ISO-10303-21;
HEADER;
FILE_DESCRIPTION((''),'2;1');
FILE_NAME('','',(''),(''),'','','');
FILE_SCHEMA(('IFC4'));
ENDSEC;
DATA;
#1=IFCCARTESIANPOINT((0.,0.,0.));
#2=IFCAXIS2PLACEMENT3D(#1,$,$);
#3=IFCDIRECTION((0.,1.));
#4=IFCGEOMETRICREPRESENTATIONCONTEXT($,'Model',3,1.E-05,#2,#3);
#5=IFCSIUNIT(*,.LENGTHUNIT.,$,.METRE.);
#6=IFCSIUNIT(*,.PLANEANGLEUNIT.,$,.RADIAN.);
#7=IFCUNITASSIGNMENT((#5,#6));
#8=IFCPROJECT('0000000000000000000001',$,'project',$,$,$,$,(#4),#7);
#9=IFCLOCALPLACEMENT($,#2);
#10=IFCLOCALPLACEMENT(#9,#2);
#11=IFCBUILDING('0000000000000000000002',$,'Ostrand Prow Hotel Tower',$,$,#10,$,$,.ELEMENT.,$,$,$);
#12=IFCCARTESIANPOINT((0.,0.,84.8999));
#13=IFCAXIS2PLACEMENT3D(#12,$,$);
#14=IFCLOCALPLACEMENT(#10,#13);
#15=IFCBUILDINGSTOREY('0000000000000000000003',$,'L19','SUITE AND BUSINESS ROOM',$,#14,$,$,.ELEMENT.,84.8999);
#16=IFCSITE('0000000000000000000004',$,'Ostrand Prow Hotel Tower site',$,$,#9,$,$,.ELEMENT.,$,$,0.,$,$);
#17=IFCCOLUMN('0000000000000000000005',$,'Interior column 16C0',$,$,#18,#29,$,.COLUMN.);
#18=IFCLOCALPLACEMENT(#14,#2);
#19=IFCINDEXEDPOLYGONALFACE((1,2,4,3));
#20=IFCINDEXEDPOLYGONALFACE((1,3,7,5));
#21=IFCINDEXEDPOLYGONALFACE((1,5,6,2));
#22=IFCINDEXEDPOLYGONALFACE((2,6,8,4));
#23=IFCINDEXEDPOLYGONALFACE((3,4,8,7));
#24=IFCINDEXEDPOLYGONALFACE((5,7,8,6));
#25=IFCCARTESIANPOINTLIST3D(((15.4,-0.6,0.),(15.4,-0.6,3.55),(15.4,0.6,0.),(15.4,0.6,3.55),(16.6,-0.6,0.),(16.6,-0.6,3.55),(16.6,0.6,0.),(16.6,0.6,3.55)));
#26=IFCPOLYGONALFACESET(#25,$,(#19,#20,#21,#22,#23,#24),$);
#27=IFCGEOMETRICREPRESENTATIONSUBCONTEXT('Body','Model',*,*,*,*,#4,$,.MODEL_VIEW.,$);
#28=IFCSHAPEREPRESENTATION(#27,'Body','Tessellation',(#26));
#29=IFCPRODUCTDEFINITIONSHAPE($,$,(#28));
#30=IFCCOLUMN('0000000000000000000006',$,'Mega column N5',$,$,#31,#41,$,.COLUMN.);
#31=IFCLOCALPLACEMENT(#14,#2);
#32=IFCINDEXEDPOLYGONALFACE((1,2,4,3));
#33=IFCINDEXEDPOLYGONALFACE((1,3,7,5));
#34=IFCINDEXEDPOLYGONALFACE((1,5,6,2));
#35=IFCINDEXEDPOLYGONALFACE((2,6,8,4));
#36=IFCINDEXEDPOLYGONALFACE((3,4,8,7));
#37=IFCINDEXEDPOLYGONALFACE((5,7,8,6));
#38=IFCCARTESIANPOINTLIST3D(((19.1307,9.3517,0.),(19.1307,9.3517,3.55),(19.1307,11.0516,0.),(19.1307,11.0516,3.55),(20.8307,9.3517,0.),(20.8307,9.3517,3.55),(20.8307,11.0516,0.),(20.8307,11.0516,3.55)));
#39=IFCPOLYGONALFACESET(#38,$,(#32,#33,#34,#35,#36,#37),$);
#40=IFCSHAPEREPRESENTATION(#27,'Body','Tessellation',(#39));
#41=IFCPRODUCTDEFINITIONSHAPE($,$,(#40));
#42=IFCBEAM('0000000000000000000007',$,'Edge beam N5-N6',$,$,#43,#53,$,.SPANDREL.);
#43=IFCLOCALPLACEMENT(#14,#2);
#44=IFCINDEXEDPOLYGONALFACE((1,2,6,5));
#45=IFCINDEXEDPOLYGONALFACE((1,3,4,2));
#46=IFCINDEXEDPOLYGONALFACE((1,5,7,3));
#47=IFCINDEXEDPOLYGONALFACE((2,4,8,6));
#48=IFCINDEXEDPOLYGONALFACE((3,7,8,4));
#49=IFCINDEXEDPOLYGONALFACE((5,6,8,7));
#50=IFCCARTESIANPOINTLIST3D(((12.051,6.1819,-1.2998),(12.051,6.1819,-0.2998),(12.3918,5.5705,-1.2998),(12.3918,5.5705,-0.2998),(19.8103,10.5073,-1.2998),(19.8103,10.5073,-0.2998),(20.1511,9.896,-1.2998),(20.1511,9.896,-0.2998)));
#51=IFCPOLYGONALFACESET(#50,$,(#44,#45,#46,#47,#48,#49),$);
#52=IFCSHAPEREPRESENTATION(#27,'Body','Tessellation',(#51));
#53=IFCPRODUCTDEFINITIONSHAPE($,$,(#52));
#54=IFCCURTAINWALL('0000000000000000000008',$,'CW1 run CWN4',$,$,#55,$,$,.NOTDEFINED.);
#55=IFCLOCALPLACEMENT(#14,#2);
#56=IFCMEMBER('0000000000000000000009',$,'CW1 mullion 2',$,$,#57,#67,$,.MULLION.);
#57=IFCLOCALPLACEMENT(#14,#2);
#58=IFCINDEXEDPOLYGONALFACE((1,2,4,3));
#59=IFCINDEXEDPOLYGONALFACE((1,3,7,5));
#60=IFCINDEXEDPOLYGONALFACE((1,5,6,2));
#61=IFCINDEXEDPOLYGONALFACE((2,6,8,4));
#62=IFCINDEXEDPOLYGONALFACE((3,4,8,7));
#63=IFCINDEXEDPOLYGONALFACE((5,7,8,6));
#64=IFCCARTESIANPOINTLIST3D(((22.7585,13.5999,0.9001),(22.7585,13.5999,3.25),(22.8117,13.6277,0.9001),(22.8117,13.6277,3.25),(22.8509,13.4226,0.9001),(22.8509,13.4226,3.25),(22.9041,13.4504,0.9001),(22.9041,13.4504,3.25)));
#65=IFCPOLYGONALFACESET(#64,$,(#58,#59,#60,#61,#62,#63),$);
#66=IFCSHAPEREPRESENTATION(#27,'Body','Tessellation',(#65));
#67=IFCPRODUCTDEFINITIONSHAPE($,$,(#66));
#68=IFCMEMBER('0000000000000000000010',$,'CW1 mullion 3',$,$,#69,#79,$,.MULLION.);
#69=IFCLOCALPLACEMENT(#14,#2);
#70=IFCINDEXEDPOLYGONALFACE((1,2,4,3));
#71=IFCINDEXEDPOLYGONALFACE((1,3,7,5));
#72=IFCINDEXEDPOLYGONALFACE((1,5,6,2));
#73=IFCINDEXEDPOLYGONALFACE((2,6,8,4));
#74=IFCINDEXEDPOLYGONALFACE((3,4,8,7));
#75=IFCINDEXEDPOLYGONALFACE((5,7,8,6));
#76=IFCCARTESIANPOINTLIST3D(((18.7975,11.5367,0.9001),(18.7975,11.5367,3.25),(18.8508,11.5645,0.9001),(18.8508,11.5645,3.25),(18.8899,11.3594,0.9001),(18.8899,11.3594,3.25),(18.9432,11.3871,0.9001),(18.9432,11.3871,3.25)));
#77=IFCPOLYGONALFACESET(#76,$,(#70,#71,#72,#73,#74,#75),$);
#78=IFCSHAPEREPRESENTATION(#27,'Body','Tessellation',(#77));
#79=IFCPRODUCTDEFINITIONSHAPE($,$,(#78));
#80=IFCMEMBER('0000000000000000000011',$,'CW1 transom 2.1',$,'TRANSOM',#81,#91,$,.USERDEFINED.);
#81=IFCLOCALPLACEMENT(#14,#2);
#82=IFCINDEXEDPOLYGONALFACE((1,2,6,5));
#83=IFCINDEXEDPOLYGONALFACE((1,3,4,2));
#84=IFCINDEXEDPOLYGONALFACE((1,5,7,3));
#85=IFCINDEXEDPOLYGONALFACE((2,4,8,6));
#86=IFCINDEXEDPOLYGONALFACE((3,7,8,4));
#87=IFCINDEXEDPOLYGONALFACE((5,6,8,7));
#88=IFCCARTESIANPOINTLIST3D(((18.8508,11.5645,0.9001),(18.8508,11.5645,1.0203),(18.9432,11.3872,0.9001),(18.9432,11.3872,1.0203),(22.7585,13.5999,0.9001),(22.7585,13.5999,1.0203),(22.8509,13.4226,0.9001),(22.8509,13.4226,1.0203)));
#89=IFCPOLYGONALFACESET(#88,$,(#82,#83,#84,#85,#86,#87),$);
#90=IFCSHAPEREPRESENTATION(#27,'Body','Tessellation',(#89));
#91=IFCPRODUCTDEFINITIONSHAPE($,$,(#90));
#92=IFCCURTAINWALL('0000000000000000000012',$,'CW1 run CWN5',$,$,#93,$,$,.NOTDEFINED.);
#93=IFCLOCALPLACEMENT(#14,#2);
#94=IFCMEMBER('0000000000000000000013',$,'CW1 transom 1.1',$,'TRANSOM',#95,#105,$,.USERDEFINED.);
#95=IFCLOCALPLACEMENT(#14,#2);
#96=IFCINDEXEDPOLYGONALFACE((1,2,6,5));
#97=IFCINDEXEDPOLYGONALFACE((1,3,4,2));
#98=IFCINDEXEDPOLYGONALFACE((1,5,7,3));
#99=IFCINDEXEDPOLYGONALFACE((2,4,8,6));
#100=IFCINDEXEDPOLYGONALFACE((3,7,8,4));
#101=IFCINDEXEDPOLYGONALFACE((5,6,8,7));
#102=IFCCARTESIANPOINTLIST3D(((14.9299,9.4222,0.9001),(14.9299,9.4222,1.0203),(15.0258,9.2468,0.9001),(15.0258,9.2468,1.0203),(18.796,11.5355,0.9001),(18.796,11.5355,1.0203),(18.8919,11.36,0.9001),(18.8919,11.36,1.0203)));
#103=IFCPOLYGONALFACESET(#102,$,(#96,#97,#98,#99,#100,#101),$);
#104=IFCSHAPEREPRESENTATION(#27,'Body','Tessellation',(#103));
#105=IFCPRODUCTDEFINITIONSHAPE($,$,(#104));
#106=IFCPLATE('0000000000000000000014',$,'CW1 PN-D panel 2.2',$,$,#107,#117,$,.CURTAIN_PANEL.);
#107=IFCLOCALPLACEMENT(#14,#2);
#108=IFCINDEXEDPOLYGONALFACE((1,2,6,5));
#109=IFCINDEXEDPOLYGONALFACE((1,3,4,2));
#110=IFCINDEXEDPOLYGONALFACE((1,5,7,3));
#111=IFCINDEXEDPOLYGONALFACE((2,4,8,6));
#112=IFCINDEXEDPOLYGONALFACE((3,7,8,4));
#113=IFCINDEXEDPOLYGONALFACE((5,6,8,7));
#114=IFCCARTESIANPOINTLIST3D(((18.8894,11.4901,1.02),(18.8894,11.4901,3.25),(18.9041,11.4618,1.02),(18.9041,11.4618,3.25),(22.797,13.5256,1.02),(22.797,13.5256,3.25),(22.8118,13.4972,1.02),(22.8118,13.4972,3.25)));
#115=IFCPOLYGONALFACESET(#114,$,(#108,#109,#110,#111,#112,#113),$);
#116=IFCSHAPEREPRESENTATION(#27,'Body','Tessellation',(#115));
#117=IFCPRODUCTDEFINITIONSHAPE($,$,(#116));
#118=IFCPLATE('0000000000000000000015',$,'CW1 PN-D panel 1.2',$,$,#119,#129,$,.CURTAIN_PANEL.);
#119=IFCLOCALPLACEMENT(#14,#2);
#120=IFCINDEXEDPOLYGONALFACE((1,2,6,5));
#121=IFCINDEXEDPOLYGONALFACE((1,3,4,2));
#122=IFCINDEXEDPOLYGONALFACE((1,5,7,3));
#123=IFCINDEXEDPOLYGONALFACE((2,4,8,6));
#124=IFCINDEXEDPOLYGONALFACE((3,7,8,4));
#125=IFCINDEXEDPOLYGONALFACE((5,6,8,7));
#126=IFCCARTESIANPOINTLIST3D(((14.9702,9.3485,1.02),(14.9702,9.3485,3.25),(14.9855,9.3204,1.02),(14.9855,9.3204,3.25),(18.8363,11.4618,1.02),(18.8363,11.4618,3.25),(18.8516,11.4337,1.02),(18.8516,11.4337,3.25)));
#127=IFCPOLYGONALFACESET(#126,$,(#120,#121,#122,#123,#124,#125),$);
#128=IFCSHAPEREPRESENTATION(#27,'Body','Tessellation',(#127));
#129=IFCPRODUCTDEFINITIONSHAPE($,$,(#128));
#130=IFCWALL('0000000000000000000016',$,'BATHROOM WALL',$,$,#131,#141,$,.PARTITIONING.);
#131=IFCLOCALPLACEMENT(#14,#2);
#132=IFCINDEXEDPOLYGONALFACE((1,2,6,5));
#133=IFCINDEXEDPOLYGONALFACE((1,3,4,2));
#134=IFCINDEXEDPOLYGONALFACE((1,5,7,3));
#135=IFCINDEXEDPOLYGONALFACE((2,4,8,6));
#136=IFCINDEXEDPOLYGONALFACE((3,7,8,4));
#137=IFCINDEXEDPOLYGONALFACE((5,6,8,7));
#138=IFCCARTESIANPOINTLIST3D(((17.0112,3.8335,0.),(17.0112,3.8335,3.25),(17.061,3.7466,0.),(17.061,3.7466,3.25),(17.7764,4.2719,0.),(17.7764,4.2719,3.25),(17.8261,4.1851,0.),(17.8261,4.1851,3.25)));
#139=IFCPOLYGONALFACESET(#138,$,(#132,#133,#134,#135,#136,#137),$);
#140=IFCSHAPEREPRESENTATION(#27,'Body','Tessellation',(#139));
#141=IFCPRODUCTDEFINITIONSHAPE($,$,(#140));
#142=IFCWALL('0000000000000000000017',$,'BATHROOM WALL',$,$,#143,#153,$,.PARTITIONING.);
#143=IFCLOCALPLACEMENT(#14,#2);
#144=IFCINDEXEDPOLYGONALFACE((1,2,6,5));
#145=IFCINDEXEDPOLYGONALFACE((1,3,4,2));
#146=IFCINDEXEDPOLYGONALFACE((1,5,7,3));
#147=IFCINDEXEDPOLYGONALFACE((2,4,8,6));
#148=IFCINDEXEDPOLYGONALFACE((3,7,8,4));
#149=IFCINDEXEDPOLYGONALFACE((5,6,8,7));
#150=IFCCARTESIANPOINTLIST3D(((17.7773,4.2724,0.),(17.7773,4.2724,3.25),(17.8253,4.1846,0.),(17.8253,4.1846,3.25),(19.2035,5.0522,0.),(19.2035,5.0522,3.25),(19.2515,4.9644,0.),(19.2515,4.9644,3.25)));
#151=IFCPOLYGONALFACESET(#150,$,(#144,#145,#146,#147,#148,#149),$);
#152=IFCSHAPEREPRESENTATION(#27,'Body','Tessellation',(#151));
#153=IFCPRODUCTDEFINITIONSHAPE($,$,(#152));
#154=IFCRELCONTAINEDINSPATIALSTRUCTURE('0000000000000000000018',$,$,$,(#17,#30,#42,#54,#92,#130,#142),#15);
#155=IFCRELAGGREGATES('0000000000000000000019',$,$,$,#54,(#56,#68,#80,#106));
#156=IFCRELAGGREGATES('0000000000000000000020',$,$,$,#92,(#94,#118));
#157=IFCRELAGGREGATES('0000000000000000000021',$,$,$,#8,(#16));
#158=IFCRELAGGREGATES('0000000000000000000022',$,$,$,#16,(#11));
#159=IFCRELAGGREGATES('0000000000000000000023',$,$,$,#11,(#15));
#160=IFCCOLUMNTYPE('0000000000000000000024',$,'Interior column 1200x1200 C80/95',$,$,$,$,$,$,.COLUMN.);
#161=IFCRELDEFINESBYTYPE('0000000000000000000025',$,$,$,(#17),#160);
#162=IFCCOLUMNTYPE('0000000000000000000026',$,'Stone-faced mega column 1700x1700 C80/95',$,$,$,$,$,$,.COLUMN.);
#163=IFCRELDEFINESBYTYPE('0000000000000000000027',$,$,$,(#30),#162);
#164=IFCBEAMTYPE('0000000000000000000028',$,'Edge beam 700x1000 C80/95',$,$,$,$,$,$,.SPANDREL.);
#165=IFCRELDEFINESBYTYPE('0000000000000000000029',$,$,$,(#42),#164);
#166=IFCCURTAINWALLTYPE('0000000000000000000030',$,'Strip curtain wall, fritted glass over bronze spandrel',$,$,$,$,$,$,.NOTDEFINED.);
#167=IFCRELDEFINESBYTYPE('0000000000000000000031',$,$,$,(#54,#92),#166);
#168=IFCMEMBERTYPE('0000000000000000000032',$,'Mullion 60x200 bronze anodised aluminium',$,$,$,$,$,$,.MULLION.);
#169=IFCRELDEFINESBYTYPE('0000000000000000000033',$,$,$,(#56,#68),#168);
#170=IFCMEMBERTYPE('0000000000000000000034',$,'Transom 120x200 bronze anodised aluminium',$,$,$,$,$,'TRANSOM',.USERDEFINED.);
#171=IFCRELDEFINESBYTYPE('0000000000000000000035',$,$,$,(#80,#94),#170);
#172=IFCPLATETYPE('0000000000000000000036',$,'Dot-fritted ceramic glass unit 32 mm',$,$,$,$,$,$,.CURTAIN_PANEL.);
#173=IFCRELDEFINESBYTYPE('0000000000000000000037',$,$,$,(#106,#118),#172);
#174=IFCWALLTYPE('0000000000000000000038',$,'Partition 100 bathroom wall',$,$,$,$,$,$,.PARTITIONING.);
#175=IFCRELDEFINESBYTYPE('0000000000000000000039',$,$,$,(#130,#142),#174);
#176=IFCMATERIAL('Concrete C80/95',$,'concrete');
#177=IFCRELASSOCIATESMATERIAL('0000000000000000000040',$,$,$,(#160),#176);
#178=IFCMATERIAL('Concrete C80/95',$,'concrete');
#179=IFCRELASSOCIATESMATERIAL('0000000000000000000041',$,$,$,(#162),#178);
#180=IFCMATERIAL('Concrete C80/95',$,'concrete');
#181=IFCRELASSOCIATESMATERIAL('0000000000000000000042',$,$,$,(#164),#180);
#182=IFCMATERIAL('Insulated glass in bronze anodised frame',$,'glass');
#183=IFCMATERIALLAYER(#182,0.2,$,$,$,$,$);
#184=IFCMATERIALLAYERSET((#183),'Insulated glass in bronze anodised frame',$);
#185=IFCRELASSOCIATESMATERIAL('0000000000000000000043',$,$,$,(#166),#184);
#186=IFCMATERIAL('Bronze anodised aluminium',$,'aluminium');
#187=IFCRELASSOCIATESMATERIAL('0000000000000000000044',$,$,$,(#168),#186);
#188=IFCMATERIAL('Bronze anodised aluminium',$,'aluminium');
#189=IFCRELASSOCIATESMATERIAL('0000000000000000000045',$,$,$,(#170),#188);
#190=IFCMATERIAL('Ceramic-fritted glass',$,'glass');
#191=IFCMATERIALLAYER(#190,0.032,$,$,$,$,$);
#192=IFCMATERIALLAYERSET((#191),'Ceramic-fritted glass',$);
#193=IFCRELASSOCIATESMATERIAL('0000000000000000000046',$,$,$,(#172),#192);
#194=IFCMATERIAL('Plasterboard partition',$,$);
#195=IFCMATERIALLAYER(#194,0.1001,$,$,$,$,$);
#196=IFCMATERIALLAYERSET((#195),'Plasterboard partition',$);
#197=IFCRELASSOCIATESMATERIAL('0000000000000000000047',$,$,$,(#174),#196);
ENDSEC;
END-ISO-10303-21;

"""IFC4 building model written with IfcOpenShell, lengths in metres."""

from ifc_helpers import new_model, si_unit, direction, frame, frame_2d, origin, origin_2d, place, context, subcontext, project, spatial, rectangle, extrude, material, layer, layer_set, material_profile, profile_set, type_object, element, aggregate, save


model = new_model("IFC4")

# Units and contexts
model_context = context("Model", 3, precision=1e-05, world=origin(), true_north=direction((0.0, 1.0)))
body_context = subcontext(model_context, "Body", "Model", "MODEL_VIEW")
ifc_project = project(units=[si_unit("LENGTHUNIT", "METRE"), si_unit("PLANEANGLEUNIT", "RADIAN")], contexts=[model_context])

# Site, building, storey
site_placement = place(None, origin())
site = spatial("IfcSite", under=ifc_project, at=site_placement, Name="Ostrand Prow Hotel Tower site", CompositionType="ELEMENT", RefElevation=0.0)
building_placement = place(site_placement, origin())
building = spatial("IfcBuilding", under=site, at=building_placement, Name="Ostrand Prow Hotel Tower", CompositionType="ELEMENT")
storey_placement = place(building_placement, frame((0.0, 0.0, 84.8999)))
storey = spatial("IfcBuildingStorey", under=building, at=storey_placement, Name="L19", Description="SUITE AND BUSINESS ROOM", CompositionType="ELEMENT", Elevation=84.8999)

# Columns
ifc_material_1 = material(Name="Concrete C80/95", Category="concrete")
ifc_material_profile_1 = material_profile(ifc_material_1, rectangle(XDim=1.2, YDim=1.2, at=origin_2d()), Name="RC 1200x1200")
ifc_profile_set_1 = profile_set([ifc_material_profile_1], Name="Concrete C80/95")
column_type_1 = type_object("IfcColumnType", Name="Interior column 1200x1200 C80/95", PredefinedType="COLUMN", material=ifc_profile_set_1)
column_1_placement = place(storey_placement, frame((16.0, 0.0, 0.0), z_axis=(0.0, 0.0, 1.0), x_axis=(1.0, 0.0, 0.0)))
element("IfcColumn", 1, at=column_1_placement, inside=storey, type_object=column_type_1, Name="Interior column 16C0", PredefinedType="COLUMN", context=body_context, shape_type="SweptSolid", body=[
    extrude(rectangle(XDim=1.2, YDim=1.2, at=origin_2d()), origin(), (0.0, 0.0, 1.0), 3.55),
])
ifc_material_2 = material(Name="Concrete C80/95", Category="concrete")
ifc_material_profile_2 = material_profile(ifc_material_2, rectangle(XDim=1.7, YDim=1.7, at=origin_2d()), Name="RC 1700x1700")
ifc_profile_set_2 = profile_set([ifc_material_profile_2], Name="Concrete C80/95")
column_type_2 = type_object("IfcColumnType", Name="Stone-faced mega column 1700x1700 C80/95", PredefinedType="COLUMN", material=ifc_profile_set_2)
column_2_placement = place(storey_placement, frame((19.9807, 10.2017, 0.0), z_axis=(0.0, 0.0, 1.0), x_axis=(1.0, 0.0, 0.0)))
element("IfcColumn", 2, at=column_2_placement, inside=storey, type_object=column_type_2, Name="Mega column N5", PredefinedType="COLUMN", context=body_context, shape_type="SweptSolid", body=[
    extrude(rectangle(XDim=1.7, YDim=1.7, at=origin_2d()), origin(), (0.0, 0.0, 1.0), 3.55),
])

# Beam
ifc_material_3 = material(Name="Concrete C80/95", Category="concrete")
ifc_material_profile_3 = material_profile(ifc_material_3, rectangle(XDim=0.7, YDim=1.0, at=origin_2d()), Name="RC 700x1000")
ifc_profile_set_3 = profile_set([ifc_material_profile_3], Name="Concrete C80/95")
beam_type = type_object("IfcBeamType", Name="Edge beam 700x1000 C80/95", PredefinedType="SPANDREL", material=ifc_profile_set_3)
beam_placement = place(storey_placement, frame((19.9807, 10.2017, -0.7998), z_axis=(-0.873452, -0.486909, 0.0), x_axis=(0.486909, -0.873452, 0.0)))
element("IfcBeam", 3, at=beam_placement, inside=storey, type_object=beam_type, Name="Edge beam N5-N6", PredefinedType="SPANDREL", context=body_context, shape_type="SweptSolid", body=[
    extrude(rectangle(XDim=0.7, YDim=1.0, at=origin_2d()), origin(), (0.0, 0.0, 1.0), 8.8835),
])

# Curtain wall, members
ifc_material_4 = material(Name="Insulated glass in bronze anodised frame", Category="glass")
ifc_layer_1 = layer(ifc_material_4, 0.2)
ifc_layer_set_1 = layer_set([ifc_layer_1], Name="Insulated glass in bronze anodised frame")
curtain_wall_type = type_object("IfcCurtainWallType", Name="Strip curtain wall, fritted glass over bronze spandrel", PredefinedType="NOTDEFINED", material=ifc_layer_set_1)
curtain_wall_1_placement = place(storey_placement, origin())
curtain_wall_1 = element("IfcCurtainWall", 4, at=curtain_wall_1_placement, inside=storey, type_object=curtain_wall_type, Name="CW1 run CWN4", PredefinedType="NOTDEFINED")
ifc_material_5 = material(Name="Bronze anodised aluminium", Category="aluminium")
ifc_material_profile_4 = material_profile(ifc_material_5, rectangle(XDim=0.2, YDim=0.0601, at=origin_2d()), Name="Mullion 60x200 bronze anodised aluminium")
ifc_profile_set_4 = profile_set([ifc_material_profile_4], Name="Bronze anodised aluminium")
member_type_1 = type_object("IfcMemberType", Name="Mullion 60x200 bronze anodised aluminium", PredefinedType="MULLION", material=ifc_profile_set_4)
member_1_placement = place(storey_placement, frame((22.8313, 13.5251, 0.9001), z_axis=(0.0, 0.0, 1.0), x_axis=(0.461968, -0.886896, 0.0)))
member_1 = element("IfcMember", 5, at=member_1_placement, type_object=member_type_1, Name="CW1 mullion 2", PredefinedType="MULLION", context=body_context, shape_type="SweptSolid", body=[
    extrude(rectangle(XDim=0.2, YDim=0.0601, at=origin_2d()), origin(), (0.0, 0.0, 1.0), 2.3499),
])
member_2_placement = place(storey_placement, frame((18.8704, 11.4619, 0.9001), z_axis=(0.0, 0.0, 1.0), x_axis=(0.461968, -0.886896, 0.0)))
member_2 = element("IfcMember", 6, at=member_2_placement, type_object=member_type_1, Name="CW1 mullion 3", PredefinedType="MULLION", context=body_context, shape_type="SweptSolid", body=[
    extrude(rectangle(XDim=0.2, YDim=0.0601, at=origin_2d()), origin(), (0.0, 0.0, 1.0), 2.3499),
])
ifc_material_6 = material(Name="Bronze anodised aluminium", Category="aluminium")
ifc_material_profile_5 = material_profile(ifc_material_6, rectangle(XDim=0.2, YDim=0.1201, at=origin_2d()), Name="Transom 120x200 bronze anodised aluminium")
ifc_profile_set_5 = profile_set([ifc_material_profile_5], Name="Bronze anodised aluminium")
member_type_2 = type_object("IfcMemberType", Name="Transom 120x200 bronze anodised aluminium", ElementType="TRANSOM", PredefinedType="USERDEFINED", material=ifc_profile_set_5)
member_3_placement = place(storey_placement, frame((22.8047, 13.5112, 0.9602), z_axis=(-0.886902, -0.461958, 0.0), x_axis=(0.461958, -0.886902, 0.0)))
member_3 = element("IfcMember", 7, at=member_3_placement, type_object=member_type_2, Name="CW1 transom 2.1", ObjectType="TRANSOM", PredefinedType="USERDEFINED", context=body_context, shape_type="SweptSolid", body=[
    extrude(rectangle(XDim=0.2, YDim=0.1201, at=origin_2d()), origin(), (0.0, 0.0, 1.0), 4.406),
])

# Curtain wall, member
curtain_wall_2_placement = place(storey_placement, origin())
curtain_wall_2 = element("IfcCurtainWall", 8, at=curtain_wall_2_placement, inside=storey, type_object=curtain_wall_type, Name="CW1 run CWN5", PredefinedType="NOTDEFINED")
member_4_placement = place(storey_placement, frame((18.844, 11.4478, 0.9602), z_axis=(-0.877472, -0.479628, 0.0), x_axis=(0.479628, -0.877472, 0.0)))
member_4 = element("IfcMember", 9, at=member_4_placement, type_object=member_type_2, Name="CW1 transom 1.1", ObjectType="TRANSOM", PredefinedType="USERDEFINED", context=body_context, shape_type="SweptSolid", body=[
    extrude(rectangle(XDim=0.2, YDim=0.1201, at=origin_2d()), origin(), (0.0, 0.0, 1.0), 4.406),
])

# Plates
ifc_material_7 = material(Name="Ceramic-fritted glass", Category="glass")
ifc_layer_2 = layer(ifc_material_7, 0.032)
ifc_layer_set_2 = layer_set([ifc_layer_2], Name="Ceramic-fritted glass")
plate_type = type_object("IfcPlateType", Name="Dot-fritted ceramic glass unit 32 mm", PredefinedType="CURTAIN_PANEL", material=ifc_layer_set_2)
plate_1_placement = place(storey_placement, frame((20.8506, 12.4937, 1.02), z_axis=(0.0, 0.0, 1.0), x_axis=(-0.886896, -0.461968, 0.0)))
plate_1 = element("IfcPlate", 10, at=plate_1_placement, type_object=plate_type, Name="CW1 PN-D panel 2.2", PredefinedType="CURTAIN_PANEL", context=body_context, shape_type="SweptSolid", body=[
    extrude(rectangle(XDim=4.406, YDim=0.032, at=origin_2d()), origin(), (0.0, 0.0, 1.0), 2.23),
])
aggregate(curtain_wall_1, [member_1, member_2, member_3, plate_1])
plate_2_placement = place(storey_placement, frame((16.9109, 10.3911, 1.02), z_axis=(0.0, 0.0, 1.0), x_axis=(-0.877467, -0.479637, 0.0)))
plate_2 = element("IfcPlate", 11, at=plate_2_placement, type_object=plate_type, Name="CW1 PN-D panel 1.2", PredefinedType="CURTAIN_PANEL", context=body_context, shape_type="SweptSolid", body=[
    extrude(rectangle(XDim=4.406, YDim=0.032, at=origin_2d()), origin(), (0.0, 0.0, 1.0), 2.23),
])
aggregate(curtain_wall_2, [member_4, plate_2])

# Walls
ifc_material_8 = material(Name="Plasterboard partition")
ifc_layer_3 = layer(ifc_material_8, 0.1001)
ifc_layer_set_3 = layer_set([ifc_layer_3], Name="Plasterboard partition")
wall_type_1 = type_object("IfcWallType", Name="Partition 100 bathroom wall", PredefinedType="PARTITIONING", material=ifc_layer_set_3)
wall_1_placement = place(storey_placement, frame((17.0361, 3.79, 0.0), z_axis=(0.0, 0.0, 1.0), x_axis=(0.867629, 0.497212, 0.0)))
element("IfcWall", 12, at=wall_1_placement, inside=storey, type_object=wall_type_1, Name="BATHROOM WALL", PredefinedType="PARTITIONING", context=body_context, shape_type="SweptSolid", body=[
    extrude(rectangle(XDim=0.8818, YDim=0.1001, at=frame_2d((0.4409, 0.0))), origin(), (0.0, 0.0, 1.0), 3.25),
])
wall_2_placement = place(storey_placement, frame((17.8013, 4.2285, 0.0), z_axis=(0.0, 0.0, 1.0), x_axis=(0.877424, 0.479715, 0.0)))
element("IfcWall", 13, at=wall_2_placement, inside=storey, type_object=wall_type_1, Name="BATHROOM WALL", PredefinedType="PARTITIONING", context=body_context, shape_type="SweptSolid", body=[
    extrude(rectangle(XDim=1.6255, YDim=0.1001, at=frame_2d((0.8127, 0.0))), origin(), (0.0, 0.0, 1.0), 3.25),
])

save(model, "model.ifc")
